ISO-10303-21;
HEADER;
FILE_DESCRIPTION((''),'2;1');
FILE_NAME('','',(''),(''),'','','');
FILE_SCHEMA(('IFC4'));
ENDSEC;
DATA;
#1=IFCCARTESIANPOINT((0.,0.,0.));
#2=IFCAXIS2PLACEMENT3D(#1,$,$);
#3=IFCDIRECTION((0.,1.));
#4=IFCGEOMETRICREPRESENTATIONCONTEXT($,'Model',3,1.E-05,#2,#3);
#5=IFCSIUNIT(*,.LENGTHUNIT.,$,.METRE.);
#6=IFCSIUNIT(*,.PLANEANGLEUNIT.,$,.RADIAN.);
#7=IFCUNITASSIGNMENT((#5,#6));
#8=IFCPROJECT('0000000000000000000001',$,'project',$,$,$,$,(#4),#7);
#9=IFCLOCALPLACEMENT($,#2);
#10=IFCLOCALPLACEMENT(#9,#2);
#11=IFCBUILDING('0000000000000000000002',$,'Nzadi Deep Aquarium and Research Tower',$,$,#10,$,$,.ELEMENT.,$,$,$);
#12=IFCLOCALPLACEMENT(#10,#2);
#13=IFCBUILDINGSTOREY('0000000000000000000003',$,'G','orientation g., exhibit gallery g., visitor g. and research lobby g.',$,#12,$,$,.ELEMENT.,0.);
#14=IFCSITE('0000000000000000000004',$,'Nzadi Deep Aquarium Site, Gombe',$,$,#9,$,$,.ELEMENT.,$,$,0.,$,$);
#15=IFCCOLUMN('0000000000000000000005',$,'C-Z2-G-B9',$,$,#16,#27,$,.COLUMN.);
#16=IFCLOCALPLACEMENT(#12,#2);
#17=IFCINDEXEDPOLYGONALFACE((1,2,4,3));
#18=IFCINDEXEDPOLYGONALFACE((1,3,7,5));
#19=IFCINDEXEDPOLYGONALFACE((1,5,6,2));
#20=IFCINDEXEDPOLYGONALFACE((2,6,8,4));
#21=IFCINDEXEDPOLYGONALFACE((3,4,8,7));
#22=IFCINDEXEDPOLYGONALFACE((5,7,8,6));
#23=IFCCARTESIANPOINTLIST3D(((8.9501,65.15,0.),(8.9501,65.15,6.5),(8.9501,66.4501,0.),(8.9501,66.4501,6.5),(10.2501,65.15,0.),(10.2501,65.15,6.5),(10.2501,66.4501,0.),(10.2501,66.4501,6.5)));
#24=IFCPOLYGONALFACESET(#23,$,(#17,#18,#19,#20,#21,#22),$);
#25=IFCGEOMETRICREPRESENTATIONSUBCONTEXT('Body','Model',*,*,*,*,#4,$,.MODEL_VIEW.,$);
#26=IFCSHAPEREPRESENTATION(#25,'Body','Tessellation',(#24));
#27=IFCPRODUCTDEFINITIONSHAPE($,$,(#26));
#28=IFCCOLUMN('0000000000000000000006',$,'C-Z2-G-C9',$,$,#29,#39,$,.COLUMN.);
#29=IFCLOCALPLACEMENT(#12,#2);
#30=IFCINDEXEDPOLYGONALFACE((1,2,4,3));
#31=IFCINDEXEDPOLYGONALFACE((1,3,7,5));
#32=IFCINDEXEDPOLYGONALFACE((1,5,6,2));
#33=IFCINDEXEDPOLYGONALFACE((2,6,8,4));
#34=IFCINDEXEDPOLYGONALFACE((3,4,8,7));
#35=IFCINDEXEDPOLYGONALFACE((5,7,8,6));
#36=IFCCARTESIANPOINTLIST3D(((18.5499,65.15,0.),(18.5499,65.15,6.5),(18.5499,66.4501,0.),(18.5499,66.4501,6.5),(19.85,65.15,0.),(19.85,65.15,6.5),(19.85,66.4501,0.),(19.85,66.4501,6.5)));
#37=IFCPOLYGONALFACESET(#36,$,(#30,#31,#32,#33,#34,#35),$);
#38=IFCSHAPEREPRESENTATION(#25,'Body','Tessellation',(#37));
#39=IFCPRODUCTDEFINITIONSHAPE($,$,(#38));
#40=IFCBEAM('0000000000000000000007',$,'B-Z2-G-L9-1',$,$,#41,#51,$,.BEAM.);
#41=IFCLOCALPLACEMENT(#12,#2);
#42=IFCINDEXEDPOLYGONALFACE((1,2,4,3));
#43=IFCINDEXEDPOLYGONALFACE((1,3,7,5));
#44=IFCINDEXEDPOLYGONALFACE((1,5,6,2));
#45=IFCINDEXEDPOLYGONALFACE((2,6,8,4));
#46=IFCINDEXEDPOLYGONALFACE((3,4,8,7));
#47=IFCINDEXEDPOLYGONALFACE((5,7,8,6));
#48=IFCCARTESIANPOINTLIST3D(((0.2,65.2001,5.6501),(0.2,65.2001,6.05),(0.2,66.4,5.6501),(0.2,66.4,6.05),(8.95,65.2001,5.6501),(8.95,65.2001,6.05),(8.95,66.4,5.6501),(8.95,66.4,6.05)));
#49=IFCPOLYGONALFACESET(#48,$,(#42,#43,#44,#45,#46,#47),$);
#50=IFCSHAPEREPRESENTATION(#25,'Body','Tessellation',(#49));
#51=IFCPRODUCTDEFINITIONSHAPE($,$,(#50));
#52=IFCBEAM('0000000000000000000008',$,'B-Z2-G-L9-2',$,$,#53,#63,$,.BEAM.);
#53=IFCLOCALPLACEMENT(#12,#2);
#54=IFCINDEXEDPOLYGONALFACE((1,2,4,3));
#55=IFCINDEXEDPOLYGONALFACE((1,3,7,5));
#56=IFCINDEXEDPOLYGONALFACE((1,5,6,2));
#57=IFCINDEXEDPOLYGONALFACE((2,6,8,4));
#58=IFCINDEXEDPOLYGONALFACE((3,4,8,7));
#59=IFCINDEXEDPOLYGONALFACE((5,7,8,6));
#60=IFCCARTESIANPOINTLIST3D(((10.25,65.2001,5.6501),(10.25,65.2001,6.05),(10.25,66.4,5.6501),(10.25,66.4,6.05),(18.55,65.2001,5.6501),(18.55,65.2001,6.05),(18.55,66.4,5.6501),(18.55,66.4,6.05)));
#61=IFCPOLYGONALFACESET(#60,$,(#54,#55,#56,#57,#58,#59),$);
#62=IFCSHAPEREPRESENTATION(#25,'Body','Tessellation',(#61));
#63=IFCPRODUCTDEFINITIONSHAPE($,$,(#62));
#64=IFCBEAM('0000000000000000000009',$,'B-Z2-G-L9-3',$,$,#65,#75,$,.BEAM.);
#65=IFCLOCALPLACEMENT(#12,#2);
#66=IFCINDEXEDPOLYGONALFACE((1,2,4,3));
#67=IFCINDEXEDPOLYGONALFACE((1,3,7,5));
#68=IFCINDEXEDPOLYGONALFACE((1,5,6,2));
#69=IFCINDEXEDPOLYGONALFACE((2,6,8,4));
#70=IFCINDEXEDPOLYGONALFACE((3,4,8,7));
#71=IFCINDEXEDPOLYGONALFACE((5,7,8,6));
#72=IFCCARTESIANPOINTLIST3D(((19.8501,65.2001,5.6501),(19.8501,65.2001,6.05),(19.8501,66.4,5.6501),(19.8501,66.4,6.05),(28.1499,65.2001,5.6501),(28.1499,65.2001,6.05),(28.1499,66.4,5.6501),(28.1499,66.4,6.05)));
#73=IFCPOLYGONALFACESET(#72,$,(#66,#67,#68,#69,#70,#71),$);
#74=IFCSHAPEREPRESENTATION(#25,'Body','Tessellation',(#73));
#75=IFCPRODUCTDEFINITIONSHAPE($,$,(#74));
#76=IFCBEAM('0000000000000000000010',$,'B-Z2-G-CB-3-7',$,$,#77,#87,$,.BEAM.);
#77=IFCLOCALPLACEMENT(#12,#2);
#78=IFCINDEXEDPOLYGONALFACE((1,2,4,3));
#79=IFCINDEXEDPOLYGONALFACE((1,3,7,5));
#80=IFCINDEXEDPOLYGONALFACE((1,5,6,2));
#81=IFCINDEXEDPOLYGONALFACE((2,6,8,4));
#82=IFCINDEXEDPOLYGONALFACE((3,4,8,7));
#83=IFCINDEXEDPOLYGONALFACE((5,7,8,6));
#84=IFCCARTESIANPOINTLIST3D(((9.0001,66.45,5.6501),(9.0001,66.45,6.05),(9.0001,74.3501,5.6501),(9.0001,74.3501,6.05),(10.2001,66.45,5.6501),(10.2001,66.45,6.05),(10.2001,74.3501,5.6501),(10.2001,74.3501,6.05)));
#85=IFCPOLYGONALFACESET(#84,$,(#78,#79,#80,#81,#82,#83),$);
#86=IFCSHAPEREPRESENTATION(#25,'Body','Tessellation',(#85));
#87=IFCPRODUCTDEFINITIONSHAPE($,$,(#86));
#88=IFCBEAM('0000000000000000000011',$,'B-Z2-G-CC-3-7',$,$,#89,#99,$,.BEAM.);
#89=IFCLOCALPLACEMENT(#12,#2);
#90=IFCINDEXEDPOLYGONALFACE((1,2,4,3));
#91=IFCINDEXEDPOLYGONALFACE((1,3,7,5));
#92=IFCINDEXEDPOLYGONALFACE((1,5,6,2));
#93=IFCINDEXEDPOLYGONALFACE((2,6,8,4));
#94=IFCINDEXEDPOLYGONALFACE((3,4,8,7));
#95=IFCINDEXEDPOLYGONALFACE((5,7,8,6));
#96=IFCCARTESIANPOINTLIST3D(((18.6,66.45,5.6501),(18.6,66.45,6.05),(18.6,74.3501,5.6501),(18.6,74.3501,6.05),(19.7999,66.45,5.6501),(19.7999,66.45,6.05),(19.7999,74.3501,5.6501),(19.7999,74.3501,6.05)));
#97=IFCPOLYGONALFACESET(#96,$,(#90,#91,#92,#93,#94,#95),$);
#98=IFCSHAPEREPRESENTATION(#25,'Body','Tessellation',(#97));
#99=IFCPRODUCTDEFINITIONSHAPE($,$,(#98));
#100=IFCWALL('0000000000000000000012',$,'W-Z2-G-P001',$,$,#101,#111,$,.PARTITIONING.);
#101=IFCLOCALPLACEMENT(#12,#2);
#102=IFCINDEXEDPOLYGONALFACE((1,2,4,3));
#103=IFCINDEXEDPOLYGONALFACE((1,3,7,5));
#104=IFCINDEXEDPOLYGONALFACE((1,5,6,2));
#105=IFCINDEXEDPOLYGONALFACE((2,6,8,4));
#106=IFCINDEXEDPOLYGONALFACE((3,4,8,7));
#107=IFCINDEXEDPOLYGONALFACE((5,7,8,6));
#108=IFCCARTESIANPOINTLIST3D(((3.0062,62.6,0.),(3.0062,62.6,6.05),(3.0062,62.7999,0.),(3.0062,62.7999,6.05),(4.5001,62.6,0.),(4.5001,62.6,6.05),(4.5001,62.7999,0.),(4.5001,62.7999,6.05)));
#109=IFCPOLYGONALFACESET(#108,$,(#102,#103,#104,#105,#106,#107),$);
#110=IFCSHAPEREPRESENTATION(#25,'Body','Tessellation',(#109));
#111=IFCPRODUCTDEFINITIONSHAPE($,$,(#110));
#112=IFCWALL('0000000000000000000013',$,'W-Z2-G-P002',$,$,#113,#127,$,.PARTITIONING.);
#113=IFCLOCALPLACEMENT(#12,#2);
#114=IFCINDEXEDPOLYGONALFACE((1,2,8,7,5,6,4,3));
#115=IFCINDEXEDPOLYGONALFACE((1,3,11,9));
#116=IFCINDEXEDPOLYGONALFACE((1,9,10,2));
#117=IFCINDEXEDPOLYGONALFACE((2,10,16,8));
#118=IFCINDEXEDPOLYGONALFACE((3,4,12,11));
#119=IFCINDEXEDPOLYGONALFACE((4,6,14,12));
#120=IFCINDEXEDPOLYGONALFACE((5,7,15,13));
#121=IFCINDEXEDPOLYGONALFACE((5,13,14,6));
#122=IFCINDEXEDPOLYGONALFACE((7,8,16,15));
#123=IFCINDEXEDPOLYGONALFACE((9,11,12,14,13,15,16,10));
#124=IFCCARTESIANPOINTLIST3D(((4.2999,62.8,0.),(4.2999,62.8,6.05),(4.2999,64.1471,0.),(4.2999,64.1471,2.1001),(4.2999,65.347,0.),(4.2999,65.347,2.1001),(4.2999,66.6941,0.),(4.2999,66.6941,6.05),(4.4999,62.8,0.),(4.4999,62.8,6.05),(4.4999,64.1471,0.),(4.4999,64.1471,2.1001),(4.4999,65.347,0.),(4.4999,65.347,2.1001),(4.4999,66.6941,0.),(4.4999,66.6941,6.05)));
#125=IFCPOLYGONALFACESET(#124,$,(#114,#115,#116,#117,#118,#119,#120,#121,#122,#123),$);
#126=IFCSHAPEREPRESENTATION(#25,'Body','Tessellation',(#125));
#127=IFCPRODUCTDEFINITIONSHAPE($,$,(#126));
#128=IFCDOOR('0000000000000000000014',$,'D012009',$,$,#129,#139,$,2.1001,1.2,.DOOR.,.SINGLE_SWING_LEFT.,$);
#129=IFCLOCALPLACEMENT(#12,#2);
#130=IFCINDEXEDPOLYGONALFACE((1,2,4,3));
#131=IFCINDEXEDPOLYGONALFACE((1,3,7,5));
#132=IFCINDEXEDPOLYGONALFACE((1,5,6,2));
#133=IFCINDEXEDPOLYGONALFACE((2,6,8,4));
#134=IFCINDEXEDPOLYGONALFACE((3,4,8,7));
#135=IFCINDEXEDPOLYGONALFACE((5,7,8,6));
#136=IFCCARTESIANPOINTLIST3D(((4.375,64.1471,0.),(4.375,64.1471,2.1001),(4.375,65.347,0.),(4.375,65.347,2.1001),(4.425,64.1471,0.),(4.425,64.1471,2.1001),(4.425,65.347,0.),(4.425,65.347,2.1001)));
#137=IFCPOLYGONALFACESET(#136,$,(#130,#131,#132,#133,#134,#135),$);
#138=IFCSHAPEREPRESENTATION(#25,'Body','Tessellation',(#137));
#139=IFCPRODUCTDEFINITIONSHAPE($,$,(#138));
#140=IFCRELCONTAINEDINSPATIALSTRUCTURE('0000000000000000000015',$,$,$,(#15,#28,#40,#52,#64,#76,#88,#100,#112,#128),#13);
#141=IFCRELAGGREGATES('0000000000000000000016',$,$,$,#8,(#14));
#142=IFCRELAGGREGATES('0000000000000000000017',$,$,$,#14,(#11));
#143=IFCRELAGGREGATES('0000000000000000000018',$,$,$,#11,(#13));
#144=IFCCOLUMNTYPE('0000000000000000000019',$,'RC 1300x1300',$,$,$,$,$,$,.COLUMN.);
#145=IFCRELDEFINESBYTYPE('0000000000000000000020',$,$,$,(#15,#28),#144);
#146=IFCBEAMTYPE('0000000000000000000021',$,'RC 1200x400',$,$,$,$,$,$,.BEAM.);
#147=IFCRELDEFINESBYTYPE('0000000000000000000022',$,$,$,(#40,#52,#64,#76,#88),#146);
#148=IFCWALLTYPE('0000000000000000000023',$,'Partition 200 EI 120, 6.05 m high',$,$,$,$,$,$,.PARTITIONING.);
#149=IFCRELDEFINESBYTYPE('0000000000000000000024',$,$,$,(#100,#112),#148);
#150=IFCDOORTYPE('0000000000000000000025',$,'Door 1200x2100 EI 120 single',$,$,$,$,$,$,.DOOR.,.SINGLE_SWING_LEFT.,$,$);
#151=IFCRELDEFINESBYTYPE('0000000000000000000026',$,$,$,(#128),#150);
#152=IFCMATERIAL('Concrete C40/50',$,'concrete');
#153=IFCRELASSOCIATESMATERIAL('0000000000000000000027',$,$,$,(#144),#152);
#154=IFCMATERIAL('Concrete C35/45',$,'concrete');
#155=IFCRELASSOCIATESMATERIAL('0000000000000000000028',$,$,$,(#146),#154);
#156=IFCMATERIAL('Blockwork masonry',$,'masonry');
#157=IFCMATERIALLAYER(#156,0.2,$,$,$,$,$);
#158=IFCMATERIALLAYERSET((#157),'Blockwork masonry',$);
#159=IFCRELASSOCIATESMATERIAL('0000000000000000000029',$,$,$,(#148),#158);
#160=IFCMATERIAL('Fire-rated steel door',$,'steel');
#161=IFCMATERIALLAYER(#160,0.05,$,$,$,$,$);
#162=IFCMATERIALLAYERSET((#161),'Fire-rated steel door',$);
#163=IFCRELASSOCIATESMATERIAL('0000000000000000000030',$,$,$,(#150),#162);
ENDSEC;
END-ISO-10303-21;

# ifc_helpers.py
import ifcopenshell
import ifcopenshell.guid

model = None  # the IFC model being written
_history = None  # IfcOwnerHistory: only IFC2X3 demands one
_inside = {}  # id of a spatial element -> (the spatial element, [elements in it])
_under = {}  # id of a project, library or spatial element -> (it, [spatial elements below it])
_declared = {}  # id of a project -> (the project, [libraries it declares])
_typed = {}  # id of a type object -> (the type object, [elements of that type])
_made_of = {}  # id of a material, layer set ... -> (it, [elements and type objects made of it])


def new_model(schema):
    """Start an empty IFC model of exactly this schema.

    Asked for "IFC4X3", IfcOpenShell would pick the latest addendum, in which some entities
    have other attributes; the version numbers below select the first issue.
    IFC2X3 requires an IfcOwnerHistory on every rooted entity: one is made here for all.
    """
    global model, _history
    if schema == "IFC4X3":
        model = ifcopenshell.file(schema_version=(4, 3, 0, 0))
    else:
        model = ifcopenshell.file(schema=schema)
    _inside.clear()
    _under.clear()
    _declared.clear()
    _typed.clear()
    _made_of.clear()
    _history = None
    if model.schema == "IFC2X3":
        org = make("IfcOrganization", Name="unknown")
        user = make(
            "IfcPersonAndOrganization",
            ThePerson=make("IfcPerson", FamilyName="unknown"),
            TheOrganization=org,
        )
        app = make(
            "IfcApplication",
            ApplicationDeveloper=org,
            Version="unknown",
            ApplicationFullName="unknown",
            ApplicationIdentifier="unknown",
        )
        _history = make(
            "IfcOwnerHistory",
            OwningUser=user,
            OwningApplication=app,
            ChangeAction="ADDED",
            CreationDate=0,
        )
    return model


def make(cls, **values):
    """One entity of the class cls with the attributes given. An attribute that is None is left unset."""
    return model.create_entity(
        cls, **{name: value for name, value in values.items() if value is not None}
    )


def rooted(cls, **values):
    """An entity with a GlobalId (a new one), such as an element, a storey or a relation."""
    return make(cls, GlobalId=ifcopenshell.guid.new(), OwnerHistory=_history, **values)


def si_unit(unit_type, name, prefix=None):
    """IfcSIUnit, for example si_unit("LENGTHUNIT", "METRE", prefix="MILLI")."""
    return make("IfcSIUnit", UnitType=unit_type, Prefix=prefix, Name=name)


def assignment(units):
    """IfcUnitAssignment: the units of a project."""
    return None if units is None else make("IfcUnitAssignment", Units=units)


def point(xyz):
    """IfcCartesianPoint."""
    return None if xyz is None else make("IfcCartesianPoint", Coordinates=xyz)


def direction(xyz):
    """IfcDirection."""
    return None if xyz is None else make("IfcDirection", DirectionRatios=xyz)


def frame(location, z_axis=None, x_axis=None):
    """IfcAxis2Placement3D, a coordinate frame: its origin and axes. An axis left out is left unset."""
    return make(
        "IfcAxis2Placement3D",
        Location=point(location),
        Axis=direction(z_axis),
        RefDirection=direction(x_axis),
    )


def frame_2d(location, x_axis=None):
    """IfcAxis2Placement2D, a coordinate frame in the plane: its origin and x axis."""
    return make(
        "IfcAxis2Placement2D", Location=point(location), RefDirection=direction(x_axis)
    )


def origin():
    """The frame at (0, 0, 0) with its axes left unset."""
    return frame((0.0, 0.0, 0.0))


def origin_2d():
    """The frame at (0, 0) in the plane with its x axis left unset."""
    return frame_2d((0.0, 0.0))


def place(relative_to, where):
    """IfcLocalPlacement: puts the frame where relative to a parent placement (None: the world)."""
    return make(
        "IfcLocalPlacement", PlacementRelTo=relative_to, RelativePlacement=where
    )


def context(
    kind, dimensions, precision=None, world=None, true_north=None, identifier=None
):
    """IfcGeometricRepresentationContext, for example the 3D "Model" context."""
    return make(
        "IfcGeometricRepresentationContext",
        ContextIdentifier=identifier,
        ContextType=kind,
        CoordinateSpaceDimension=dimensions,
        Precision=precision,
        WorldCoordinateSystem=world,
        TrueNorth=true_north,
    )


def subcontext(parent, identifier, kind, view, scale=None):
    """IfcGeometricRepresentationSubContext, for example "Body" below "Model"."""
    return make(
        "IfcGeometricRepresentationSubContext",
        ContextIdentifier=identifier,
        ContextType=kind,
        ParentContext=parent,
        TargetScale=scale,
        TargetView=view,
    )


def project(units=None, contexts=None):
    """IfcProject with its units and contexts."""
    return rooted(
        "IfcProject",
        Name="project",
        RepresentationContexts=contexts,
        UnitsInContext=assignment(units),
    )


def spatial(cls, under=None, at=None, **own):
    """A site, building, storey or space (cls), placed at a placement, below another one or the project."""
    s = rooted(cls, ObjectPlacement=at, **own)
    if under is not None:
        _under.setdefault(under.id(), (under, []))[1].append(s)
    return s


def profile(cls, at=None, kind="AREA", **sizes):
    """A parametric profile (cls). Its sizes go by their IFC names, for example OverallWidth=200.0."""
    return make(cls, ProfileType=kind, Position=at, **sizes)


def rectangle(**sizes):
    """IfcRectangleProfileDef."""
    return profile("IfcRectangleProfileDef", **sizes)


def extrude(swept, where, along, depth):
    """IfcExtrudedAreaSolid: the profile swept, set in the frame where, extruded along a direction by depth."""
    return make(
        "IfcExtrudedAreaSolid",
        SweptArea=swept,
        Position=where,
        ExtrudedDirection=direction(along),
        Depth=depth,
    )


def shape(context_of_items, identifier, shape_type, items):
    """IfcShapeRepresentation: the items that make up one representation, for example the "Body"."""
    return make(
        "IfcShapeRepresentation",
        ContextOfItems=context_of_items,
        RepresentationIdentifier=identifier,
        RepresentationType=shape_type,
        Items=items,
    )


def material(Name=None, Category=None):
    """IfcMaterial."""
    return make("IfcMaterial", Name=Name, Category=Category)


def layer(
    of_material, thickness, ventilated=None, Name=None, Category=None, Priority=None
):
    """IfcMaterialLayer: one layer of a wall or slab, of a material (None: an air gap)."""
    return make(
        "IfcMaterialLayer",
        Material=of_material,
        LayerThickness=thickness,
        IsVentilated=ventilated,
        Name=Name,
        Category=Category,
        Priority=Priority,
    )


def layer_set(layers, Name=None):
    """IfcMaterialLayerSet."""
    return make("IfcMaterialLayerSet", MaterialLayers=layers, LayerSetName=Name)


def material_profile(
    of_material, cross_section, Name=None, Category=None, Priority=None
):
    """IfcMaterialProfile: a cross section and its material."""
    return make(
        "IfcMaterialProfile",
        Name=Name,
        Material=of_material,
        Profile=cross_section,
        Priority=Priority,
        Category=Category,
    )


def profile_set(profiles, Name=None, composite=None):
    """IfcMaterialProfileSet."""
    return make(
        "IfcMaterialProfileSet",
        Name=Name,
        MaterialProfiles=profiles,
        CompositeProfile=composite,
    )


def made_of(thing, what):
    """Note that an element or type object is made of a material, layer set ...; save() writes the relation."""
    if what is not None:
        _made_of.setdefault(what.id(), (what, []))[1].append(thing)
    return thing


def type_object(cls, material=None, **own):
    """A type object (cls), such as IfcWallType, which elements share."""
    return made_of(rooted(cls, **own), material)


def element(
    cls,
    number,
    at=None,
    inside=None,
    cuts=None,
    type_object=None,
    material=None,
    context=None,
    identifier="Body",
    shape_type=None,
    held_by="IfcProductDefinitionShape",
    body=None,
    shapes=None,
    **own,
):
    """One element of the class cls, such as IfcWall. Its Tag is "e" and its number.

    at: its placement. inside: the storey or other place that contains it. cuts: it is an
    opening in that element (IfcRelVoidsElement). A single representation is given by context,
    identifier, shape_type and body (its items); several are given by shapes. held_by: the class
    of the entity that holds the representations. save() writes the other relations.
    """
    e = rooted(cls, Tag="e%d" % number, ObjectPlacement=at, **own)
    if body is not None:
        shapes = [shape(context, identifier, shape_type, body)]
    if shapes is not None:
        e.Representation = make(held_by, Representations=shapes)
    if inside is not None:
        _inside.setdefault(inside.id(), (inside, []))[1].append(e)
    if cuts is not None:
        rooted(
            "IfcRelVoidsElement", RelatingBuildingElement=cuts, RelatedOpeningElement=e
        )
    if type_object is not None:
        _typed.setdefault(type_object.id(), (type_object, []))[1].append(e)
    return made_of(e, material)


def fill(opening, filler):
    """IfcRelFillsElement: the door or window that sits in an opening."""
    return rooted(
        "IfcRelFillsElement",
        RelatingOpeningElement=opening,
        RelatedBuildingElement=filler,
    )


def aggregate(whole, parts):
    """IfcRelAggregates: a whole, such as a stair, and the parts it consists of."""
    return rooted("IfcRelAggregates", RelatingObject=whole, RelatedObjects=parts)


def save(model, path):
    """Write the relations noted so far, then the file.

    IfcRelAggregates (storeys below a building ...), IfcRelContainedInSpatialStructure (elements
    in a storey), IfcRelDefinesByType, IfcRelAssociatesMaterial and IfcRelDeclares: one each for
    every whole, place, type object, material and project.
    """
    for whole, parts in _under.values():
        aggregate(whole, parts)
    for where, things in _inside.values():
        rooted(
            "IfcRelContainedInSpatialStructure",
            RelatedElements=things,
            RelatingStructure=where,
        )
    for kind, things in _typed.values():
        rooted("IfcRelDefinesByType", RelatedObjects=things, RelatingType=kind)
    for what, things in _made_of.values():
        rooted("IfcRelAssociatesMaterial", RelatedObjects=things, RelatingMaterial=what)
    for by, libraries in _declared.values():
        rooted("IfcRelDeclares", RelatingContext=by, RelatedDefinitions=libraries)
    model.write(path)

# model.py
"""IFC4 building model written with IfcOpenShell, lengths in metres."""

from ifc_helpers import new_model, si_unit, direction, frame, frame_2d, origin, origin_2d, place, context, subcontext, project, spatial, rectangle, extrude, material, layer, layer_set, material_profile, profile_set, type_object, element, fill, save


model = new_model("IFC4")

# Units and contexts
model_context = context("Model", 3, precision=1e-05, world=origin(), true_north=direction((0.0, 1.0)))
body_context = subcontext(model_context, "Body", "Model", "MODEL_VIEW")
ifc_project = project(units=[si_unit("LENGTHUNIT", "METRE"), si_unit("PLANEANGLEUNIT", "RADIAN")], contexts=[model_context])

# Site, building, storey
site_placement = place(None, origin())
site = spatial("IfcSite", under=ifc_project, at=site_placement, Name="Nzadi Deep Aquarium Site, Gombe", CompositionType="ELEMENT", RefElevation=0.0)
building_placement = place(site_placement, origin())
building = spatial("IfcBuilding", under=site, at=building_placement, Name="Nzadi Deep Aquarium and Research Tower", CompositionType="ELEMENT")
storey_placement = place(building_placement, origin())
storey = spatial("IfcBuildingStorey", under=building, at=storey_placement, Name="G", Description="orientation g., exhibit gallery g., visitor g. and research lobby g.", CompositionType="ELEMENT", Elevation=0.0)

# Columns
ifc_material_1 = material(Name="Concrete C40/50", Category="concrete")
ifc_material_profile_1 = material_profile(ifc_material_1, rectangle(XDim=1.3, YDim=1.3, at=origin_2d()))
ifc_profile_set_1 = profile_set([ifc_material_profile_1], Name="Concrete C40/50")
column_type = type_object("IfcColumnType", Name="RC 1300x1300", PredefinedType="COLUMN", material=ifc_profile_set_1)
for number, where, z_axis, x_axis, name in (
    (1, (9.6001, 65.8, 0.0), (0.0, 0.0, 1.0), (1.0, 0.0, 0.0), "C-Z2-G-B9"),
    (2, (19.2, 65.8, 0.0), (0.0, 0.0, 1.0), (1.0, 0.0, 0.0), "C-Z2-G-C9"),
):
    element("IfcColumn", number, at=place(storey_placement, frame(where, z_axis=z_axis, x_axis=x_axis)), inside=storey, type_object=column_type, Name=name, PredefinedType="COLUMN", context=body_context, shape_type="SweptSolid", body=[
        extrude(rectangle(XDim=1.3, YDim=1.3, at=origin_2d()), origin(), (0.0, 0.0, 1.0), 6.5),
    ])

# Beams
ifc_material_2 = material(Name="Concrete C35/45", Category="concrete")
ifc_material_profile_2 = material_profile(ifc_material_2, rectangle(XDim=1.2, YDim=0.3999, at=origin_2d()))
ifc_profile_set_2 = profile_set([ifc_material_profile_2], Name="Concrete C35/45")
beam_type = type_object("IfcBeamType", Name="RC 1200x400", PredefinedType="BEAM", material=ifc_profile_set_2)
beam_1_placement = place(storey_placement, frame((0.2, 65.8, 5.8501), z_axis=(1.0, 0.0, 0.0), x_axis=(0.0, 1.0, 0.0)))
element("IfcBeam", 3, at=beam_1_placement, inside=storey, type_object=beam_type, Name="B-Z2-G-L9-1", PredefinedType="BEAM", context=body_context, shape_type="SweptSolid", body=[
    extrude(rectangle(XDim=1.2, YDim=0.3999, at=origin_2d()), origin(), (0.0, 0.0, 1.0), 8.75),
])
beam_2_placement = place(storey_placement, frame((10.25, 65.8, 5.8501), z_axis=(1.0, 0.0, 0.0), x_axis=(0.0, 1.0, 0.0)))
element("IfcBeam", 4, at=beam_2_placement, inside=storey, type_object=beam_type, Name="B-Z2-G-L9-2", PredefinedType="BEAM", context=body_context, shape_type="SweptSolid", body=[
    extrude(rectangle(XDim=1.2, YDim=0.3999, at=origin_2d()), origin(), (0.0, 0.0, 1.0), 8.3),
])
beam_3_placement = place(storey_placement, frame((19.8501, 65.8, 5.8501), z_axis=(1.0, 0.0, 0.0), x_axis=(0.0, 1.0, 0.0)))
element("IfcBeam", 5, at=beam_3_placement, inside=storey, type_object=beam_type, Name="B-Z2-G-L9-3", PredefinedType="BEAM", context=body_context, shape_type="SweptSolid", body=[
    extrude(rectangle(XDim=1.2, YDim=0.3999, at=origin_2d()), origin(), (0.0, 0.0, 1.0), 8.2998),
])
for number, where, z_axis, x_axis, name in (
    (6, (9.6001, 66.45, 5.8501), (0.0, 1.0, 0.0), (-1.0, 0.0, 0.0), "B-Z2-G-CB-3-7"),
    (7, (19.2, 66.45, 5.8501), (0.0, 1.0, 0.0), (-1.0, 0.0, 0.0), "B-Z2-G-CC-3-7"),
):
    element("IfcBeam", number, at=place(storey_placement, frame(where, z_axis=z_axis, x_axis=x_axis)), inside=storey, type_object=beam_type, Name=name, PredefinedType="BEAM", context=body_context, shape_type="SweptSolid", body=[
        extrude(rectangle(XDim=1.2, YDim=0.3999, at=origin_2d()), origin(), (0.0, 0.0, 1.0), 7.9001),
    ])

# Wall
ifc_material_3 = material(Name="Blockwork masonry", Category="masonry")
ifc_layer_1 = layer(ifc_material_3, 0.2)
ifc_layer_set_1 = layer_set([ifc_layer_1], Name="Blockwork masonry")
wall_type_1 = type_object("IfcWallType", Name="Partition 200 EI 120, 6.05 m high", PredefinedType="PARTITIONING", material=ifc_layer_set_1)
wall_1_placement = place(storey_placement, frame((3.0061, 62.7, 0.0), z_axis=(0.0, 0.0, 1.0), x_axis=(1.0, 0.0, 0.0)))
element("IfcWall", 8, at=wall_1_placement, inside=storey, type_object=wall_type_1, Name="W-Z2-G-P001", PredefinedType="PARTITIONING", context=body_context, shape_type="SweptSolid", body=[
    extrude(rectangle(XDim=1.4939, YDim=0.2, at=frame_2d((0.7471, 0.0))), origin(), (0.0, 0.0, 1.0), 6.05),
])

# Wall, opening, door
wall_2_placement = place(storey_placement, frame((4.3999, 62.8, 0.0), z_axis=(0.0, 0.0, 1.0), x_axis=(0.0, 1.0, 0.0)))
wall_2 = element("IfcWall", 9, at=wall_2_placement, inside=storey, type_object=wall_type_1, Name="W-Z2-G-P002", PredefinedType="PARTITIONING", context=body_context, shape_type="SweptSolid", body=[
    extrude(rectangle(XDim=3.894, YDim=0.2, at=frame_2d((1.947, 0.0))), origin(), (0.0, 0.0, 1.0), 6.05),
])
opening_1_placement = place(wall_2_placement, frame((1.3469, 0.0, 0.0)))
opening_1 = element("IfcOpeningElement", 10, at=opening_1_placement, cuts=wall_2, PredefinedType="OPENING", context=body_context, shape_type="SweptSolid", body=[
    extrude(rectangle(XDim=1.2, YDim=2.1001, at=frame_2d((0.6001, 1.05))), frame((0.0, 0.1101, 0.0), z_axis=(0.0, -1.0, 0.0), x_axis=(1.0, 0.0, 0.0)), (0.0, 0.0, 1.0), 0.2202),
])
ifc_material_4 = material(Name="Fire-rated steel door", Category="steel")
ifc_layer_2 = layer(ifc_material_4, 0.05)
ifc_layer_set_2 = layer_set([ifc_layer_2], Name="Fire-rated steel door")
door_type_1 = type_object("IfcDoorType", Name="Door 1200x2100 EI 120 single", OperationType="SINGLE_SWING_LEFT", PredefinedType="DOOR", material=ifc_layer_set_2)
door_1_placement = place(opening_1_placement, origin())
door_1 = element("IfcDoor", 11, at=door_1_placement, inside=storey, type_object=door_type_1, Name="D012009", OperationType="SINGLE_SWING_LEFT", OverallHeight=2.1001, OverallWidth=1.2, PredefinedType="DOOR", context=body_context, shape_type="SweptSolid", body=[
    extrude(rectangle(XDim=1.2, YDim=2.1001, at=frame_2d((0.6001, 1.05))), frame((0.0, 0.0249, 0.0), z_axis=(0.0, -1.0, 0.0), x_axis=(1.0, 0.0, 0.0)), (0.0, 0.0, 1.0), 0.05),
])
fill(opening_1, door_1)

save(model, "model.ifc")
